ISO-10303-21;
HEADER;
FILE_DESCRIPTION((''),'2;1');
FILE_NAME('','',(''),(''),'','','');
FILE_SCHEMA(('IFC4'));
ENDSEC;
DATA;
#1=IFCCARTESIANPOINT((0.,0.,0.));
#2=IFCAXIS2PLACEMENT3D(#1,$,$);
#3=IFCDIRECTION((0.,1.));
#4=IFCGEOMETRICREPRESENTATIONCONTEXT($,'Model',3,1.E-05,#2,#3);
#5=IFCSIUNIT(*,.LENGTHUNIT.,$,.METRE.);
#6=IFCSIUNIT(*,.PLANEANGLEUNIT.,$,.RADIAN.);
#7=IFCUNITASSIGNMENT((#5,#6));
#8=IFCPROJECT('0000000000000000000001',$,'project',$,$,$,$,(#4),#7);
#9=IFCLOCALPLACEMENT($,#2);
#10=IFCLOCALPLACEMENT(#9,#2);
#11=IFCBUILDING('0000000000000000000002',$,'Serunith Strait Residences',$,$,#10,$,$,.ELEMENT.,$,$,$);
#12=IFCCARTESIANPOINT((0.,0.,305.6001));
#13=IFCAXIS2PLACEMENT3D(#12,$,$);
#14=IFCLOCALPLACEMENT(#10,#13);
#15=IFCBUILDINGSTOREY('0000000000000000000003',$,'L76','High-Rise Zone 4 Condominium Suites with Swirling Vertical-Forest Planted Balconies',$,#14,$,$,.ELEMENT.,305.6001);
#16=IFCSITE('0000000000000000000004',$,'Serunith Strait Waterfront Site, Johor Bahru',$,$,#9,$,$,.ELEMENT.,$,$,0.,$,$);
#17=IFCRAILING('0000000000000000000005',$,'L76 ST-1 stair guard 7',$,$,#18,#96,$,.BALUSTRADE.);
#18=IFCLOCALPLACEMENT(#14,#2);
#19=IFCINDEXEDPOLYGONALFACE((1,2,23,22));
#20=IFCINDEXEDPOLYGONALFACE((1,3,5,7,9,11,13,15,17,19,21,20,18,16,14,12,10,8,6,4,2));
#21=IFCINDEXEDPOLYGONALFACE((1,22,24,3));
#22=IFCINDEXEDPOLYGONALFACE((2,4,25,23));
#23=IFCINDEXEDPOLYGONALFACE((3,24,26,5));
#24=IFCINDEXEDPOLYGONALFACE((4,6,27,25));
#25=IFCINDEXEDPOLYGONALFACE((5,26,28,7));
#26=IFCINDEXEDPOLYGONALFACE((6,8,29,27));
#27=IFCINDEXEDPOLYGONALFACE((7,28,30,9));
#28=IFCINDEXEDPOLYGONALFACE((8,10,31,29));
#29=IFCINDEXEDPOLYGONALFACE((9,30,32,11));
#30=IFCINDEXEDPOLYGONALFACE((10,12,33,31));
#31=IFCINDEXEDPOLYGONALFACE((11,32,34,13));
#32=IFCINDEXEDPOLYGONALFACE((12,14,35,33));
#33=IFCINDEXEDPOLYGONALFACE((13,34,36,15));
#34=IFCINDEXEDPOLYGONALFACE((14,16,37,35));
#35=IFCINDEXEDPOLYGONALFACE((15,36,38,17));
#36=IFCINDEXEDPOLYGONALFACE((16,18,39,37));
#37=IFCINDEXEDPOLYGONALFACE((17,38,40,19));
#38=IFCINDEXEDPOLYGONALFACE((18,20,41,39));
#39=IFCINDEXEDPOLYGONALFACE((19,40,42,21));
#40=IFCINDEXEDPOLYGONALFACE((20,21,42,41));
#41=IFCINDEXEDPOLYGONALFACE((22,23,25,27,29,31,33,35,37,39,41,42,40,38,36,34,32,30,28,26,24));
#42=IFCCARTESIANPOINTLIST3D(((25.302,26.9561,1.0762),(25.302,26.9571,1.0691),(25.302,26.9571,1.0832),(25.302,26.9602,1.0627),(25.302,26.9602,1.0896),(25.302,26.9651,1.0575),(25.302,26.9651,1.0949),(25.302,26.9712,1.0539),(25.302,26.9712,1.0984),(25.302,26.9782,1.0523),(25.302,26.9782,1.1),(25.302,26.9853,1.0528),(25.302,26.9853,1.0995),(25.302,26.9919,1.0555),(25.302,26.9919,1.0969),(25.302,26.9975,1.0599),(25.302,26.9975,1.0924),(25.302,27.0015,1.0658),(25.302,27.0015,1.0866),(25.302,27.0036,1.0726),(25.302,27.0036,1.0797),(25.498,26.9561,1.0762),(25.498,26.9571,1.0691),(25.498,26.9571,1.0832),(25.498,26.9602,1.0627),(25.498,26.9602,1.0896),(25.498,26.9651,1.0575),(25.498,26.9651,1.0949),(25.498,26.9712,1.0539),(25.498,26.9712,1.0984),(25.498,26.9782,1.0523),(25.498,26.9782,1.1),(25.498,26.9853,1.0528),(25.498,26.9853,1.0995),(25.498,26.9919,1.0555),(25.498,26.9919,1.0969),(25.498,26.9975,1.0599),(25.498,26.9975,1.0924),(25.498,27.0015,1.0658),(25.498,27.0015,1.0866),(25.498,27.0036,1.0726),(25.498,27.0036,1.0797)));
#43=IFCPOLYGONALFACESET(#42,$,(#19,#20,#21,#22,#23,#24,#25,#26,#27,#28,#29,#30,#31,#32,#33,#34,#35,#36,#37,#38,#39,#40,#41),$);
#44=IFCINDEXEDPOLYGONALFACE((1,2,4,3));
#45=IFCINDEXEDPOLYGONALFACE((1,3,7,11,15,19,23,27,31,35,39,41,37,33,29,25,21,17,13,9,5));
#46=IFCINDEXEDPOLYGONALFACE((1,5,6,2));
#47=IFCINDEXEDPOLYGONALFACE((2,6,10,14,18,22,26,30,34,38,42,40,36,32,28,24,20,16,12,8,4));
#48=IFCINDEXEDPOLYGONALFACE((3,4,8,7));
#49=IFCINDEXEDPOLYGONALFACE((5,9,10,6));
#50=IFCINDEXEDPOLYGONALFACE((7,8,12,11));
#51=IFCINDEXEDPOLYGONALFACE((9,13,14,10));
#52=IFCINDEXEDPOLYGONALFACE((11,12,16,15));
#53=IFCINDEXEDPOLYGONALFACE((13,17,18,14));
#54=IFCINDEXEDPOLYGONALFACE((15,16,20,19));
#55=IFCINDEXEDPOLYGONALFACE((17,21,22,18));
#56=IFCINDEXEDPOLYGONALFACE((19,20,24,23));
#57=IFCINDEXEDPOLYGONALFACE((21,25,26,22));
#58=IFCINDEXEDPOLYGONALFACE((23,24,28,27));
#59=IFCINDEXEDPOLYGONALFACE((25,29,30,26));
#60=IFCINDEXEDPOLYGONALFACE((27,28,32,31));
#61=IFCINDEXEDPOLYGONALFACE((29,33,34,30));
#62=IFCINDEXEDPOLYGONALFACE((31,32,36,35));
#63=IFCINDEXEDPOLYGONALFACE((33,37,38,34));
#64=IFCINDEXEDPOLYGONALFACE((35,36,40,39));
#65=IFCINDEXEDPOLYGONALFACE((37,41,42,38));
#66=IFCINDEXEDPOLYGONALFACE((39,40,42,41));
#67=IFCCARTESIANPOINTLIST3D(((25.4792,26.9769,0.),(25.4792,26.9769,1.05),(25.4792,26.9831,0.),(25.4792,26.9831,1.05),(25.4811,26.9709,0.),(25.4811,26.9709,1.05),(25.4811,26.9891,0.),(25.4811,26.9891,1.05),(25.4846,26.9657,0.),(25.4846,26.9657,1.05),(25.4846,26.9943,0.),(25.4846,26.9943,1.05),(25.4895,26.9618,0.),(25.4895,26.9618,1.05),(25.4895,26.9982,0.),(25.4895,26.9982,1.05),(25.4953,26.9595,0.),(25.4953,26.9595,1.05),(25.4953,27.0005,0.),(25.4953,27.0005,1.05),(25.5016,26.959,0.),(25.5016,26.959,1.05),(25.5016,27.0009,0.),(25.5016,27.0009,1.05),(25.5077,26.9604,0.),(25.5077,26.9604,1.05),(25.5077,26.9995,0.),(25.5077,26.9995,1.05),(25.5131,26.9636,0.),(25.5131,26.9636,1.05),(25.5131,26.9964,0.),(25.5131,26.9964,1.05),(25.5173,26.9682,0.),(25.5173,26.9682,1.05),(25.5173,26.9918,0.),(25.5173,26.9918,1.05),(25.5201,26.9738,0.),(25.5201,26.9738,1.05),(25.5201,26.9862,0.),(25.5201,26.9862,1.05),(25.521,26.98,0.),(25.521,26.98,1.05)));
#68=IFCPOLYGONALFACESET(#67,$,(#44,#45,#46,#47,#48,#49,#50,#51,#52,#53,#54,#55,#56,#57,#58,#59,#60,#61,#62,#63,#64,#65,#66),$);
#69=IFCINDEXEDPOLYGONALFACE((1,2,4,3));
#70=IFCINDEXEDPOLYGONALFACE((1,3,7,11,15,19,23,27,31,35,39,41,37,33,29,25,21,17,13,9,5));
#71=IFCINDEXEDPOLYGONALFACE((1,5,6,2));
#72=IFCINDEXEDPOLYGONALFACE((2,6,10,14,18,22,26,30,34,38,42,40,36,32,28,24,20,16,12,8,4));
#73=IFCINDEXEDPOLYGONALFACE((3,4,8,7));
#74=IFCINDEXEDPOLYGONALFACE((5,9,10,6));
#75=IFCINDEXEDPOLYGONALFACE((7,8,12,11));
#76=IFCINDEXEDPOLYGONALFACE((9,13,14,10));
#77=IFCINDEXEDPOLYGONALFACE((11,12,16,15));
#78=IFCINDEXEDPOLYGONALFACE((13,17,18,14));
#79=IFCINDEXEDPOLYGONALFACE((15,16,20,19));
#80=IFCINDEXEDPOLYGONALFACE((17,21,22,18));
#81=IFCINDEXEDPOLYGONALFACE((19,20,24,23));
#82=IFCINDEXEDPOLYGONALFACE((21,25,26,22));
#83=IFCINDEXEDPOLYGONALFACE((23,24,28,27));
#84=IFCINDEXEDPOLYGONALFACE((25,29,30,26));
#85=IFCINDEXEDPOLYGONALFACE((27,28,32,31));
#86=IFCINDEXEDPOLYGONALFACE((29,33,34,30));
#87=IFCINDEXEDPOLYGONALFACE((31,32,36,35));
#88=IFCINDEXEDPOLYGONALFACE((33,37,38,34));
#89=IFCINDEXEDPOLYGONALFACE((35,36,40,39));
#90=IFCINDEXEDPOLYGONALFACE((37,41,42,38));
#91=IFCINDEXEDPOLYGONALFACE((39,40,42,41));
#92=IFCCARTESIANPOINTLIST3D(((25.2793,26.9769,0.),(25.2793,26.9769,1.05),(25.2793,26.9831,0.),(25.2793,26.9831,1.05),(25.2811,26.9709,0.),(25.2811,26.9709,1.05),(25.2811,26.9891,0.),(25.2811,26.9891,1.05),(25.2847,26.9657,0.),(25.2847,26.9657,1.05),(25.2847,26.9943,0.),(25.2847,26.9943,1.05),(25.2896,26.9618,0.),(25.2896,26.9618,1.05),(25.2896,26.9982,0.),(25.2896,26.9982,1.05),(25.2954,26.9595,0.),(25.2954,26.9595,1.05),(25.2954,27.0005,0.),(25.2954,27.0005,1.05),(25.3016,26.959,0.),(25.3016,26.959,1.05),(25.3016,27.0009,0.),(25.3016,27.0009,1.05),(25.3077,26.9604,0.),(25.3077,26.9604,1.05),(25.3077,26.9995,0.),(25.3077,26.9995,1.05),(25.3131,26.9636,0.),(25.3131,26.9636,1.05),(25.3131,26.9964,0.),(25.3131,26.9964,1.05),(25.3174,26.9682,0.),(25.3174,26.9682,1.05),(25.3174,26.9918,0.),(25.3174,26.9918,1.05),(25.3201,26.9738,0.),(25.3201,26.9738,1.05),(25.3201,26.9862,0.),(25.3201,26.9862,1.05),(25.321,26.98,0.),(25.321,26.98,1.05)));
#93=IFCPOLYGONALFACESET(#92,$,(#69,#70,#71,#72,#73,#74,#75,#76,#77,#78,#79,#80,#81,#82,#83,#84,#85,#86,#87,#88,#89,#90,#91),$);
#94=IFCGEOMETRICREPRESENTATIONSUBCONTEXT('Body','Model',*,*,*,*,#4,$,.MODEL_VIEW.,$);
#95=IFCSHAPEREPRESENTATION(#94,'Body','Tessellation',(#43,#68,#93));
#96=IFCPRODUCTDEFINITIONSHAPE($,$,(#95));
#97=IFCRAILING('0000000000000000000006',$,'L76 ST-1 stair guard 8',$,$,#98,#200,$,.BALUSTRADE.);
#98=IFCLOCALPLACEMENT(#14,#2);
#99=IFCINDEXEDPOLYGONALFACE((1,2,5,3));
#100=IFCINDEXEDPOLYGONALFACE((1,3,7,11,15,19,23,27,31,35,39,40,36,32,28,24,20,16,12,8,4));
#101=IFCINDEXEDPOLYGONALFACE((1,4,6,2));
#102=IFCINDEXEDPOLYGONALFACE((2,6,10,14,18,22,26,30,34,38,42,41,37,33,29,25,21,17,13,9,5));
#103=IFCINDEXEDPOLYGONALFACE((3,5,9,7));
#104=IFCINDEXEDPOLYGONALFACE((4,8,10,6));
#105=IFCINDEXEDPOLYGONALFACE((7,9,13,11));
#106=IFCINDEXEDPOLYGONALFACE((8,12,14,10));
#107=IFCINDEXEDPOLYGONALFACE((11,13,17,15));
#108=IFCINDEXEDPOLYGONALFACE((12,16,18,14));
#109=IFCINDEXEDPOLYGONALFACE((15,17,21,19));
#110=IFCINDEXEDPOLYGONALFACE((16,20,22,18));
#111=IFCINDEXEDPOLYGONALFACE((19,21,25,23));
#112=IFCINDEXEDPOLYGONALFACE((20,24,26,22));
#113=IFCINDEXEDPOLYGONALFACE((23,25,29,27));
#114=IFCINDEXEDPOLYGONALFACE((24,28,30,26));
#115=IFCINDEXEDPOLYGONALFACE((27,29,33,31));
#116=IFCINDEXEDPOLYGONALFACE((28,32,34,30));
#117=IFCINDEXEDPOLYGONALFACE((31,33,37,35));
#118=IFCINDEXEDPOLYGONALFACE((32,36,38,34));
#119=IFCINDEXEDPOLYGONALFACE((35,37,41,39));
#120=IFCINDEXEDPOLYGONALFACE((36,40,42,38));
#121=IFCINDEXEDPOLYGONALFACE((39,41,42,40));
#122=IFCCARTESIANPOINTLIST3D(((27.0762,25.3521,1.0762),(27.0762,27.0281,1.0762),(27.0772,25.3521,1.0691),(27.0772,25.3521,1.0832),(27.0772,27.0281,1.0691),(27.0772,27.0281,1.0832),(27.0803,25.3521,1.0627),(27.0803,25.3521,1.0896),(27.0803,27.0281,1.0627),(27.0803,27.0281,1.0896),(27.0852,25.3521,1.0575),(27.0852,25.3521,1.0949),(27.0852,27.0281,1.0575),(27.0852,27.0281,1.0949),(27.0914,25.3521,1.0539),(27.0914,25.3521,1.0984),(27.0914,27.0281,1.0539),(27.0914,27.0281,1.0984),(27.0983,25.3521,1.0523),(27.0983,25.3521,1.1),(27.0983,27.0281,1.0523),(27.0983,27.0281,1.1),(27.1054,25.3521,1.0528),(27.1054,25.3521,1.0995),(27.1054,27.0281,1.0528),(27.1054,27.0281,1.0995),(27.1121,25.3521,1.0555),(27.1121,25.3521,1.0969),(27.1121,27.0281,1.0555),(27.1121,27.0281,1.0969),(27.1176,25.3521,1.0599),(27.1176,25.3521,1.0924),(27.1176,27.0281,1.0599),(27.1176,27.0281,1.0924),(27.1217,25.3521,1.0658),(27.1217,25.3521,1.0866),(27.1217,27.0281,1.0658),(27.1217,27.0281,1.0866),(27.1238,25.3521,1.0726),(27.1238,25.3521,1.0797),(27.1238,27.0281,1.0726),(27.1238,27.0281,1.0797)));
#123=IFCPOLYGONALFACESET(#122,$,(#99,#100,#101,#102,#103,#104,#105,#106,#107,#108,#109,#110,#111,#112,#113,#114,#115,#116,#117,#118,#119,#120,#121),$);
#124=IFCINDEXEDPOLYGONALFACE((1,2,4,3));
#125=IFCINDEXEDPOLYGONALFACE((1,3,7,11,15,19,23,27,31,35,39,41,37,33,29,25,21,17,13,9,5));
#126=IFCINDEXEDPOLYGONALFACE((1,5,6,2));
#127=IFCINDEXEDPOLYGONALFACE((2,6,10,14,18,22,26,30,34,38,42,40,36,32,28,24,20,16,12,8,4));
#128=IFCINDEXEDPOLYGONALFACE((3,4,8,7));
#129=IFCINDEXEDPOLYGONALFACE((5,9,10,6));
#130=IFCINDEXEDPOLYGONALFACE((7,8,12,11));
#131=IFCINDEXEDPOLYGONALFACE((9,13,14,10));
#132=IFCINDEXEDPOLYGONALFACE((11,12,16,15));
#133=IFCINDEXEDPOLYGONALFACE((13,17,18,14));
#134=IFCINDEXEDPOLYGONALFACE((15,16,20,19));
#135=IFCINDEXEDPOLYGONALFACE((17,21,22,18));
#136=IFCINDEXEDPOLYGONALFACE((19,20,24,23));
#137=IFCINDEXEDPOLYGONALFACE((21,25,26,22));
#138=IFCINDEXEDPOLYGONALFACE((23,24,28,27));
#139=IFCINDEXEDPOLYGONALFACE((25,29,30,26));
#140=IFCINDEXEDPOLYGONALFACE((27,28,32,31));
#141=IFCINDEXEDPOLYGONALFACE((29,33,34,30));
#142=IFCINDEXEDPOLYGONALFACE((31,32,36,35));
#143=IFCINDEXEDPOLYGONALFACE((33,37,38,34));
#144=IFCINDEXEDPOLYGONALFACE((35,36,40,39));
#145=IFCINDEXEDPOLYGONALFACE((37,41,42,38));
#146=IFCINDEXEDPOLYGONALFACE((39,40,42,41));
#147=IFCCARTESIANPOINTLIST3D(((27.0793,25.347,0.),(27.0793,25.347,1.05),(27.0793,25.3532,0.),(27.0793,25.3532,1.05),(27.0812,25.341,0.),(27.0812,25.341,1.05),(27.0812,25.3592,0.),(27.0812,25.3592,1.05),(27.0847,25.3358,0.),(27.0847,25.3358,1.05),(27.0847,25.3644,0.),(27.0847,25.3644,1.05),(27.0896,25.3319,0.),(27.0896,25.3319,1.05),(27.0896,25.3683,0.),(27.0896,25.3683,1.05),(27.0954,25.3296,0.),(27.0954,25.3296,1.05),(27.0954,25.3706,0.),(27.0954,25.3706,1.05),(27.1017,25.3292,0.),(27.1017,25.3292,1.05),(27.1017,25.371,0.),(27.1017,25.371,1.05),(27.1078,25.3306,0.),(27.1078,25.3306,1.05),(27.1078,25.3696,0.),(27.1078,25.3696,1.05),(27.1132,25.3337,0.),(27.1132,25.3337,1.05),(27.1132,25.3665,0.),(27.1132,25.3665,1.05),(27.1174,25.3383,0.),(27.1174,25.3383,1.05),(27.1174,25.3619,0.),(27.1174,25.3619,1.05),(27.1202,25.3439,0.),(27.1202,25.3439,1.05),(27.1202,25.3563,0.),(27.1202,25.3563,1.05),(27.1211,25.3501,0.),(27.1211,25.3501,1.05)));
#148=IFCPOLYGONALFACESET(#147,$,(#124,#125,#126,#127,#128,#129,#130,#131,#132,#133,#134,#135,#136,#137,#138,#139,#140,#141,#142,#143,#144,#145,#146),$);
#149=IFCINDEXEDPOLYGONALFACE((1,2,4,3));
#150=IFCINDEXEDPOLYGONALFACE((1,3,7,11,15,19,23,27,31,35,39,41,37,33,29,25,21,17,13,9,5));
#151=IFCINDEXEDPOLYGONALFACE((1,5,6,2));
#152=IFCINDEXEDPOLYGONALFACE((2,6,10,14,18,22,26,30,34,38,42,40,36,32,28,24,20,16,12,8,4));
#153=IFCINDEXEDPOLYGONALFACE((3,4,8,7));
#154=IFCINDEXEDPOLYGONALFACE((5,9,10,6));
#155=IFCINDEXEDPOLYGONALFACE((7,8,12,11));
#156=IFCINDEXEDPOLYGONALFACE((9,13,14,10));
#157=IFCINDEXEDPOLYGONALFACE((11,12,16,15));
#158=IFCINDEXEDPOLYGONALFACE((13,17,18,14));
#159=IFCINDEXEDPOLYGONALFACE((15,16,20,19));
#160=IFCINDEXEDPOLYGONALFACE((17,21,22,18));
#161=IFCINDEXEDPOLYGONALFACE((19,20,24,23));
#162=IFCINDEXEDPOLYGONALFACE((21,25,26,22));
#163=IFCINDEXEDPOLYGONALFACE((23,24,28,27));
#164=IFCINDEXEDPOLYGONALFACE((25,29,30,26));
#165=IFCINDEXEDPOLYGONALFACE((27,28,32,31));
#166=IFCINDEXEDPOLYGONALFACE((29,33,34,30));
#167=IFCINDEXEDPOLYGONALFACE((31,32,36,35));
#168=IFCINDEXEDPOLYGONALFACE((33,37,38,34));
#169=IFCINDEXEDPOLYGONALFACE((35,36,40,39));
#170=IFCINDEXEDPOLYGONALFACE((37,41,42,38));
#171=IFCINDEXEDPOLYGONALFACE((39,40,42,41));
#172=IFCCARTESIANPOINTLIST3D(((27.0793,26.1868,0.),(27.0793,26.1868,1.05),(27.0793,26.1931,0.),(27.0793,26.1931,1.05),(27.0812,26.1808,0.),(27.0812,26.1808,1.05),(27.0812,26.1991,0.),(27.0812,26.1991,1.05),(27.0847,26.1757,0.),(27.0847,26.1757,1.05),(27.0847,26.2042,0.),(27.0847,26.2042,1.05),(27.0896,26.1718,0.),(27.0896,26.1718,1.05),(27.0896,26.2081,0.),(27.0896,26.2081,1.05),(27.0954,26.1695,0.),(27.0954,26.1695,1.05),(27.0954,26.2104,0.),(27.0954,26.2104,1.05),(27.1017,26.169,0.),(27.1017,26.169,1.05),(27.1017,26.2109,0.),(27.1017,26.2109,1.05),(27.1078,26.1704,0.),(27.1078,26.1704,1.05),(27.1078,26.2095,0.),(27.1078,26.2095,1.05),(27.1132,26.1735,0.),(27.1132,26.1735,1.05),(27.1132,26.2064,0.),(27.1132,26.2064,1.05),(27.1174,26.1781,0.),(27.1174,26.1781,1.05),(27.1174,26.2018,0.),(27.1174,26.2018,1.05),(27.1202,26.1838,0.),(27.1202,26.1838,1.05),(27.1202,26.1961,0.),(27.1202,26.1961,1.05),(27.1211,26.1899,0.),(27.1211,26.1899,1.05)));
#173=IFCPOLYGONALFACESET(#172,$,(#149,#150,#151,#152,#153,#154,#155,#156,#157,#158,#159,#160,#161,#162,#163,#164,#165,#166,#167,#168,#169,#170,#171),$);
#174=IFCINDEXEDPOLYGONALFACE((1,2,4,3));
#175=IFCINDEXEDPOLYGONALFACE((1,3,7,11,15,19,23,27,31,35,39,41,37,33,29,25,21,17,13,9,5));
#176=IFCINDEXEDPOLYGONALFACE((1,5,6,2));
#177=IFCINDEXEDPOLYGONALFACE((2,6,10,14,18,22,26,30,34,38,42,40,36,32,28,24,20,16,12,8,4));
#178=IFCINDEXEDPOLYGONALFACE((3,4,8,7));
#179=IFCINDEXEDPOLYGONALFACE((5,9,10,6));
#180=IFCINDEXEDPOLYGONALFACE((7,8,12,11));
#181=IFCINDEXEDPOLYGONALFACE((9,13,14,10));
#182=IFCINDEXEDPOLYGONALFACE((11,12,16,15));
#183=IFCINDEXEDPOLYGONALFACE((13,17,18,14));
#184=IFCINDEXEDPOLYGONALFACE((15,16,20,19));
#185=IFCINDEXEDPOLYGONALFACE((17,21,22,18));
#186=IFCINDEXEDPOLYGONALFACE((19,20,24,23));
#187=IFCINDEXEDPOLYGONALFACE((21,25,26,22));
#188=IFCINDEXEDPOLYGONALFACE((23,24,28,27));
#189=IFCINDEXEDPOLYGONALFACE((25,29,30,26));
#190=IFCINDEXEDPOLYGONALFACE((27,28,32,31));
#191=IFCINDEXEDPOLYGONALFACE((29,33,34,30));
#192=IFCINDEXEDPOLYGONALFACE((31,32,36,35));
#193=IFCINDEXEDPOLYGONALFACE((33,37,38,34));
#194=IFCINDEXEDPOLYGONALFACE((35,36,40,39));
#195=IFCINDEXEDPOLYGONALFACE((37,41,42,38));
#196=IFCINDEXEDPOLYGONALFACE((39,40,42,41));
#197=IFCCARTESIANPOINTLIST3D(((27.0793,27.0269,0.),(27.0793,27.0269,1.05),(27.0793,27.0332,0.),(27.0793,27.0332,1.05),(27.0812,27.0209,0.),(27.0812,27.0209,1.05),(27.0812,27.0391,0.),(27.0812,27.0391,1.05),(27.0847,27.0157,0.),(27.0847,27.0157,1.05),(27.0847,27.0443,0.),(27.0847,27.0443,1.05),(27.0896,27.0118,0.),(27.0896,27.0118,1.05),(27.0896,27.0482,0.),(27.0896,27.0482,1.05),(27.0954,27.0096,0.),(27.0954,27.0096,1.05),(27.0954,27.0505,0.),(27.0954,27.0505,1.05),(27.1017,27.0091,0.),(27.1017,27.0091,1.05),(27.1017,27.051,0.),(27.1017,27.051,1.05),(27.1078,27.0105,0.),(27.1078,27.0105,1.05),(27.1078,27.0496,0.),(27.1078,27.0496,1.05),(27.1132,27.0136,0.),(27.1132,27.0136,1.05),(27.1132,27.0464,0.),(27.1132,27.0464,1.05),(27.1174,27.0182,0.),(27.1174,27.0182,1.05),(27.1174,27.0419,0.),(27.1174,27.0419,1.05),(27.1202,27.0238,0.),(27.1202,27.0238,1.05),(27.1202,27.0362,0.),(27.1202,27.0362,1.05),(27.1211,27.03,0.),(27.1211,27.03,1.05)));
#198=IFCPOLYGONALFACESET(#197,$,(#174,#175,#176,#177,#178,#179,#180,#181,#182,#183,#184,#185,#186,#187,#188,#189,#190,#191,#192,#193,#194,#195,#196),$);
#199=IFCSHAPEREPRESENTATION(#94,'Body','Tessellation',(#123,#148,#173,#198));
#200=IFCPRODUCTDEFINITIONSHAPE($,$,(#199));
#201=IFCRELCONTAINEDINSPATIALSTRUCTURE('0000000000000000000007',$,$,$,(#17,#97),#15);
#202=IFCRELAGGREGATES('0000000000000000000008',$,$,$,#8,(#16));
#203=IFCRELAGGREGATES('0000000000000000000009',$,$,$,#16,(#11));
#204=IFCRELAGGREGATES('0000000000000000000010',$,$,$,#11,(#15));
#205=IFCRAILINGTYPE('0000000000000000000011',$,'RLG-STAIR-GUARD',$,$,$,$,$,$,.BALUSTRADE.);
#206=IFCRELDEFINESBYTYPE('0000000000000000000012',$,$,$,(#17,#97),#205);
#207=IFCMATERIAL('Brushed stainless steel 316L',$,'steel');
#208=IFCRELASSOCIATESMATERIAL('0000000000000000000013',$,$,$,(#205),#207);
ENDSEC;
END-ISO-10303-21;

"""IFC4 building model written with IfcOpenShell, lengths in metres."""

from ifc_helpers import new_model, si_unit, direction, frame, origin, origin_2d, place, context, subcontext, project, spatial, circle, extrude, material, type_object, element, save


model = new_model("IFC4")

# Units and contexts
model_context = context("Model", 3, precision=1e-05, world=origin(), true_north=direction((0.0, 1.0)))
body_context = subcontext(model_context, "Body", "Model", "MODEL_VIEW")
ifc_project = project(units=[si_unit("LENGTHUNIT", "METRE"), si_unit("PLANEANGLEUNIT", "RADIAN")], contexts=[model_context])

# Site, building, storey
site_placement = place(None, origin())
site = spatial("IfcSite", under=ifc_project, at=site_placement, Name="Serunith Strait Waterfront Site, Johor Bahru", CompositionType="ELEMENT", RefElevation=0.0)
building_placement = place(site_placement, origin())
building = spatial("IfcBuilding", under=site, at=building_placement, Name="Serunith Strait Residences", CompositionType="ELEMENT")
storey_placement = place(building_placement, frame((0.0, 0.0, 305.6001)))
storey = spatial("IfcBuildingStorey", under=building, at=storey_placement, Name="L76", Description="High-Rise Zone 4 Condominium Suites with Swirling Vertical-Forest Planted Balconies", CompositionType="ELEMENT", Elevation=305.6001)

# Railings
ifc_material_1 = material(Name="Brushed stainless steel 316L", Category="steel")
railing_type_1 = type_object("IfcRailingType", Name="RLG-STAIR-GUARD", PredefinedType="BALUSTRADE", material=ifc_material_1)
railing_1_placement = place(storey_placement, frame((25.5, 26.98, 0.0)))
element("IfcRailing", 1, at=railing_1_placement, inside=storey, type_object=railing_type_1, Name="L76 ST-1 stair guard 7", PredefinedType="BALUSTRADE", context=body_context, shape_type="SweptSolid", body=[
    extrude(circle(Radius=0.0239, at=origin_2d()), frame((-0.002, 0.0, 1.0762), z_axis=(-1.0, 0.0, 0.0), x_axis=(0.0, -1.0, 0.0)), (0.0, 0.0, 1.0), 0.196),
    extrude(circle(Radius=0.021, at=origin_2d()), origin(), (0.0, 0.0, 1.0), 1.05),
    extrude(circle(Radius=0.021, at=origin_2d()), frame((-0.2, 0.0, 0.0)), (0.0, 0.0, 1.0), 1.05),
])
for number, where, name in (
    (2, (27.1001, 25.3501, 0.0), "L76 ST-1 stair guard 8"),
):
    element("IfcRailing", number, at=place(storey_placement, frame(where)), inside=storey, type_object=railing_type_1, Name=name, PredefinedType="BALUSTRADE", context=body_context, shape_type="SweptSolid", body=[
        extrude(circle(Radius=0.0239, at=origin_2d()), frame((0.0, 0.002, 1.0762), z_axis=(0.0, 1.0, 0.0), x_axis=(-1.0, 0.0, 0.0)), (0.0, 0.0, 1.0), 1.676),
        extrude(circle(Radius=0.021, at=origin_2d()), origin(), (0.0, 0.0, 1.0), 1.05),
        extrude(circle(Radius=0.021, at=origin_2d()), frame((0.0, 0.8398, 0.0)), (0.0, 0.0, 1.0), 1.05),
        extrude(circle(Radius=0.021, at=origin_2d()), frame((0.0, 1.6799, 0.0)), (0.0, 0.0, 1.0), 1.05),
    ])

save(model, "model.ifc")
